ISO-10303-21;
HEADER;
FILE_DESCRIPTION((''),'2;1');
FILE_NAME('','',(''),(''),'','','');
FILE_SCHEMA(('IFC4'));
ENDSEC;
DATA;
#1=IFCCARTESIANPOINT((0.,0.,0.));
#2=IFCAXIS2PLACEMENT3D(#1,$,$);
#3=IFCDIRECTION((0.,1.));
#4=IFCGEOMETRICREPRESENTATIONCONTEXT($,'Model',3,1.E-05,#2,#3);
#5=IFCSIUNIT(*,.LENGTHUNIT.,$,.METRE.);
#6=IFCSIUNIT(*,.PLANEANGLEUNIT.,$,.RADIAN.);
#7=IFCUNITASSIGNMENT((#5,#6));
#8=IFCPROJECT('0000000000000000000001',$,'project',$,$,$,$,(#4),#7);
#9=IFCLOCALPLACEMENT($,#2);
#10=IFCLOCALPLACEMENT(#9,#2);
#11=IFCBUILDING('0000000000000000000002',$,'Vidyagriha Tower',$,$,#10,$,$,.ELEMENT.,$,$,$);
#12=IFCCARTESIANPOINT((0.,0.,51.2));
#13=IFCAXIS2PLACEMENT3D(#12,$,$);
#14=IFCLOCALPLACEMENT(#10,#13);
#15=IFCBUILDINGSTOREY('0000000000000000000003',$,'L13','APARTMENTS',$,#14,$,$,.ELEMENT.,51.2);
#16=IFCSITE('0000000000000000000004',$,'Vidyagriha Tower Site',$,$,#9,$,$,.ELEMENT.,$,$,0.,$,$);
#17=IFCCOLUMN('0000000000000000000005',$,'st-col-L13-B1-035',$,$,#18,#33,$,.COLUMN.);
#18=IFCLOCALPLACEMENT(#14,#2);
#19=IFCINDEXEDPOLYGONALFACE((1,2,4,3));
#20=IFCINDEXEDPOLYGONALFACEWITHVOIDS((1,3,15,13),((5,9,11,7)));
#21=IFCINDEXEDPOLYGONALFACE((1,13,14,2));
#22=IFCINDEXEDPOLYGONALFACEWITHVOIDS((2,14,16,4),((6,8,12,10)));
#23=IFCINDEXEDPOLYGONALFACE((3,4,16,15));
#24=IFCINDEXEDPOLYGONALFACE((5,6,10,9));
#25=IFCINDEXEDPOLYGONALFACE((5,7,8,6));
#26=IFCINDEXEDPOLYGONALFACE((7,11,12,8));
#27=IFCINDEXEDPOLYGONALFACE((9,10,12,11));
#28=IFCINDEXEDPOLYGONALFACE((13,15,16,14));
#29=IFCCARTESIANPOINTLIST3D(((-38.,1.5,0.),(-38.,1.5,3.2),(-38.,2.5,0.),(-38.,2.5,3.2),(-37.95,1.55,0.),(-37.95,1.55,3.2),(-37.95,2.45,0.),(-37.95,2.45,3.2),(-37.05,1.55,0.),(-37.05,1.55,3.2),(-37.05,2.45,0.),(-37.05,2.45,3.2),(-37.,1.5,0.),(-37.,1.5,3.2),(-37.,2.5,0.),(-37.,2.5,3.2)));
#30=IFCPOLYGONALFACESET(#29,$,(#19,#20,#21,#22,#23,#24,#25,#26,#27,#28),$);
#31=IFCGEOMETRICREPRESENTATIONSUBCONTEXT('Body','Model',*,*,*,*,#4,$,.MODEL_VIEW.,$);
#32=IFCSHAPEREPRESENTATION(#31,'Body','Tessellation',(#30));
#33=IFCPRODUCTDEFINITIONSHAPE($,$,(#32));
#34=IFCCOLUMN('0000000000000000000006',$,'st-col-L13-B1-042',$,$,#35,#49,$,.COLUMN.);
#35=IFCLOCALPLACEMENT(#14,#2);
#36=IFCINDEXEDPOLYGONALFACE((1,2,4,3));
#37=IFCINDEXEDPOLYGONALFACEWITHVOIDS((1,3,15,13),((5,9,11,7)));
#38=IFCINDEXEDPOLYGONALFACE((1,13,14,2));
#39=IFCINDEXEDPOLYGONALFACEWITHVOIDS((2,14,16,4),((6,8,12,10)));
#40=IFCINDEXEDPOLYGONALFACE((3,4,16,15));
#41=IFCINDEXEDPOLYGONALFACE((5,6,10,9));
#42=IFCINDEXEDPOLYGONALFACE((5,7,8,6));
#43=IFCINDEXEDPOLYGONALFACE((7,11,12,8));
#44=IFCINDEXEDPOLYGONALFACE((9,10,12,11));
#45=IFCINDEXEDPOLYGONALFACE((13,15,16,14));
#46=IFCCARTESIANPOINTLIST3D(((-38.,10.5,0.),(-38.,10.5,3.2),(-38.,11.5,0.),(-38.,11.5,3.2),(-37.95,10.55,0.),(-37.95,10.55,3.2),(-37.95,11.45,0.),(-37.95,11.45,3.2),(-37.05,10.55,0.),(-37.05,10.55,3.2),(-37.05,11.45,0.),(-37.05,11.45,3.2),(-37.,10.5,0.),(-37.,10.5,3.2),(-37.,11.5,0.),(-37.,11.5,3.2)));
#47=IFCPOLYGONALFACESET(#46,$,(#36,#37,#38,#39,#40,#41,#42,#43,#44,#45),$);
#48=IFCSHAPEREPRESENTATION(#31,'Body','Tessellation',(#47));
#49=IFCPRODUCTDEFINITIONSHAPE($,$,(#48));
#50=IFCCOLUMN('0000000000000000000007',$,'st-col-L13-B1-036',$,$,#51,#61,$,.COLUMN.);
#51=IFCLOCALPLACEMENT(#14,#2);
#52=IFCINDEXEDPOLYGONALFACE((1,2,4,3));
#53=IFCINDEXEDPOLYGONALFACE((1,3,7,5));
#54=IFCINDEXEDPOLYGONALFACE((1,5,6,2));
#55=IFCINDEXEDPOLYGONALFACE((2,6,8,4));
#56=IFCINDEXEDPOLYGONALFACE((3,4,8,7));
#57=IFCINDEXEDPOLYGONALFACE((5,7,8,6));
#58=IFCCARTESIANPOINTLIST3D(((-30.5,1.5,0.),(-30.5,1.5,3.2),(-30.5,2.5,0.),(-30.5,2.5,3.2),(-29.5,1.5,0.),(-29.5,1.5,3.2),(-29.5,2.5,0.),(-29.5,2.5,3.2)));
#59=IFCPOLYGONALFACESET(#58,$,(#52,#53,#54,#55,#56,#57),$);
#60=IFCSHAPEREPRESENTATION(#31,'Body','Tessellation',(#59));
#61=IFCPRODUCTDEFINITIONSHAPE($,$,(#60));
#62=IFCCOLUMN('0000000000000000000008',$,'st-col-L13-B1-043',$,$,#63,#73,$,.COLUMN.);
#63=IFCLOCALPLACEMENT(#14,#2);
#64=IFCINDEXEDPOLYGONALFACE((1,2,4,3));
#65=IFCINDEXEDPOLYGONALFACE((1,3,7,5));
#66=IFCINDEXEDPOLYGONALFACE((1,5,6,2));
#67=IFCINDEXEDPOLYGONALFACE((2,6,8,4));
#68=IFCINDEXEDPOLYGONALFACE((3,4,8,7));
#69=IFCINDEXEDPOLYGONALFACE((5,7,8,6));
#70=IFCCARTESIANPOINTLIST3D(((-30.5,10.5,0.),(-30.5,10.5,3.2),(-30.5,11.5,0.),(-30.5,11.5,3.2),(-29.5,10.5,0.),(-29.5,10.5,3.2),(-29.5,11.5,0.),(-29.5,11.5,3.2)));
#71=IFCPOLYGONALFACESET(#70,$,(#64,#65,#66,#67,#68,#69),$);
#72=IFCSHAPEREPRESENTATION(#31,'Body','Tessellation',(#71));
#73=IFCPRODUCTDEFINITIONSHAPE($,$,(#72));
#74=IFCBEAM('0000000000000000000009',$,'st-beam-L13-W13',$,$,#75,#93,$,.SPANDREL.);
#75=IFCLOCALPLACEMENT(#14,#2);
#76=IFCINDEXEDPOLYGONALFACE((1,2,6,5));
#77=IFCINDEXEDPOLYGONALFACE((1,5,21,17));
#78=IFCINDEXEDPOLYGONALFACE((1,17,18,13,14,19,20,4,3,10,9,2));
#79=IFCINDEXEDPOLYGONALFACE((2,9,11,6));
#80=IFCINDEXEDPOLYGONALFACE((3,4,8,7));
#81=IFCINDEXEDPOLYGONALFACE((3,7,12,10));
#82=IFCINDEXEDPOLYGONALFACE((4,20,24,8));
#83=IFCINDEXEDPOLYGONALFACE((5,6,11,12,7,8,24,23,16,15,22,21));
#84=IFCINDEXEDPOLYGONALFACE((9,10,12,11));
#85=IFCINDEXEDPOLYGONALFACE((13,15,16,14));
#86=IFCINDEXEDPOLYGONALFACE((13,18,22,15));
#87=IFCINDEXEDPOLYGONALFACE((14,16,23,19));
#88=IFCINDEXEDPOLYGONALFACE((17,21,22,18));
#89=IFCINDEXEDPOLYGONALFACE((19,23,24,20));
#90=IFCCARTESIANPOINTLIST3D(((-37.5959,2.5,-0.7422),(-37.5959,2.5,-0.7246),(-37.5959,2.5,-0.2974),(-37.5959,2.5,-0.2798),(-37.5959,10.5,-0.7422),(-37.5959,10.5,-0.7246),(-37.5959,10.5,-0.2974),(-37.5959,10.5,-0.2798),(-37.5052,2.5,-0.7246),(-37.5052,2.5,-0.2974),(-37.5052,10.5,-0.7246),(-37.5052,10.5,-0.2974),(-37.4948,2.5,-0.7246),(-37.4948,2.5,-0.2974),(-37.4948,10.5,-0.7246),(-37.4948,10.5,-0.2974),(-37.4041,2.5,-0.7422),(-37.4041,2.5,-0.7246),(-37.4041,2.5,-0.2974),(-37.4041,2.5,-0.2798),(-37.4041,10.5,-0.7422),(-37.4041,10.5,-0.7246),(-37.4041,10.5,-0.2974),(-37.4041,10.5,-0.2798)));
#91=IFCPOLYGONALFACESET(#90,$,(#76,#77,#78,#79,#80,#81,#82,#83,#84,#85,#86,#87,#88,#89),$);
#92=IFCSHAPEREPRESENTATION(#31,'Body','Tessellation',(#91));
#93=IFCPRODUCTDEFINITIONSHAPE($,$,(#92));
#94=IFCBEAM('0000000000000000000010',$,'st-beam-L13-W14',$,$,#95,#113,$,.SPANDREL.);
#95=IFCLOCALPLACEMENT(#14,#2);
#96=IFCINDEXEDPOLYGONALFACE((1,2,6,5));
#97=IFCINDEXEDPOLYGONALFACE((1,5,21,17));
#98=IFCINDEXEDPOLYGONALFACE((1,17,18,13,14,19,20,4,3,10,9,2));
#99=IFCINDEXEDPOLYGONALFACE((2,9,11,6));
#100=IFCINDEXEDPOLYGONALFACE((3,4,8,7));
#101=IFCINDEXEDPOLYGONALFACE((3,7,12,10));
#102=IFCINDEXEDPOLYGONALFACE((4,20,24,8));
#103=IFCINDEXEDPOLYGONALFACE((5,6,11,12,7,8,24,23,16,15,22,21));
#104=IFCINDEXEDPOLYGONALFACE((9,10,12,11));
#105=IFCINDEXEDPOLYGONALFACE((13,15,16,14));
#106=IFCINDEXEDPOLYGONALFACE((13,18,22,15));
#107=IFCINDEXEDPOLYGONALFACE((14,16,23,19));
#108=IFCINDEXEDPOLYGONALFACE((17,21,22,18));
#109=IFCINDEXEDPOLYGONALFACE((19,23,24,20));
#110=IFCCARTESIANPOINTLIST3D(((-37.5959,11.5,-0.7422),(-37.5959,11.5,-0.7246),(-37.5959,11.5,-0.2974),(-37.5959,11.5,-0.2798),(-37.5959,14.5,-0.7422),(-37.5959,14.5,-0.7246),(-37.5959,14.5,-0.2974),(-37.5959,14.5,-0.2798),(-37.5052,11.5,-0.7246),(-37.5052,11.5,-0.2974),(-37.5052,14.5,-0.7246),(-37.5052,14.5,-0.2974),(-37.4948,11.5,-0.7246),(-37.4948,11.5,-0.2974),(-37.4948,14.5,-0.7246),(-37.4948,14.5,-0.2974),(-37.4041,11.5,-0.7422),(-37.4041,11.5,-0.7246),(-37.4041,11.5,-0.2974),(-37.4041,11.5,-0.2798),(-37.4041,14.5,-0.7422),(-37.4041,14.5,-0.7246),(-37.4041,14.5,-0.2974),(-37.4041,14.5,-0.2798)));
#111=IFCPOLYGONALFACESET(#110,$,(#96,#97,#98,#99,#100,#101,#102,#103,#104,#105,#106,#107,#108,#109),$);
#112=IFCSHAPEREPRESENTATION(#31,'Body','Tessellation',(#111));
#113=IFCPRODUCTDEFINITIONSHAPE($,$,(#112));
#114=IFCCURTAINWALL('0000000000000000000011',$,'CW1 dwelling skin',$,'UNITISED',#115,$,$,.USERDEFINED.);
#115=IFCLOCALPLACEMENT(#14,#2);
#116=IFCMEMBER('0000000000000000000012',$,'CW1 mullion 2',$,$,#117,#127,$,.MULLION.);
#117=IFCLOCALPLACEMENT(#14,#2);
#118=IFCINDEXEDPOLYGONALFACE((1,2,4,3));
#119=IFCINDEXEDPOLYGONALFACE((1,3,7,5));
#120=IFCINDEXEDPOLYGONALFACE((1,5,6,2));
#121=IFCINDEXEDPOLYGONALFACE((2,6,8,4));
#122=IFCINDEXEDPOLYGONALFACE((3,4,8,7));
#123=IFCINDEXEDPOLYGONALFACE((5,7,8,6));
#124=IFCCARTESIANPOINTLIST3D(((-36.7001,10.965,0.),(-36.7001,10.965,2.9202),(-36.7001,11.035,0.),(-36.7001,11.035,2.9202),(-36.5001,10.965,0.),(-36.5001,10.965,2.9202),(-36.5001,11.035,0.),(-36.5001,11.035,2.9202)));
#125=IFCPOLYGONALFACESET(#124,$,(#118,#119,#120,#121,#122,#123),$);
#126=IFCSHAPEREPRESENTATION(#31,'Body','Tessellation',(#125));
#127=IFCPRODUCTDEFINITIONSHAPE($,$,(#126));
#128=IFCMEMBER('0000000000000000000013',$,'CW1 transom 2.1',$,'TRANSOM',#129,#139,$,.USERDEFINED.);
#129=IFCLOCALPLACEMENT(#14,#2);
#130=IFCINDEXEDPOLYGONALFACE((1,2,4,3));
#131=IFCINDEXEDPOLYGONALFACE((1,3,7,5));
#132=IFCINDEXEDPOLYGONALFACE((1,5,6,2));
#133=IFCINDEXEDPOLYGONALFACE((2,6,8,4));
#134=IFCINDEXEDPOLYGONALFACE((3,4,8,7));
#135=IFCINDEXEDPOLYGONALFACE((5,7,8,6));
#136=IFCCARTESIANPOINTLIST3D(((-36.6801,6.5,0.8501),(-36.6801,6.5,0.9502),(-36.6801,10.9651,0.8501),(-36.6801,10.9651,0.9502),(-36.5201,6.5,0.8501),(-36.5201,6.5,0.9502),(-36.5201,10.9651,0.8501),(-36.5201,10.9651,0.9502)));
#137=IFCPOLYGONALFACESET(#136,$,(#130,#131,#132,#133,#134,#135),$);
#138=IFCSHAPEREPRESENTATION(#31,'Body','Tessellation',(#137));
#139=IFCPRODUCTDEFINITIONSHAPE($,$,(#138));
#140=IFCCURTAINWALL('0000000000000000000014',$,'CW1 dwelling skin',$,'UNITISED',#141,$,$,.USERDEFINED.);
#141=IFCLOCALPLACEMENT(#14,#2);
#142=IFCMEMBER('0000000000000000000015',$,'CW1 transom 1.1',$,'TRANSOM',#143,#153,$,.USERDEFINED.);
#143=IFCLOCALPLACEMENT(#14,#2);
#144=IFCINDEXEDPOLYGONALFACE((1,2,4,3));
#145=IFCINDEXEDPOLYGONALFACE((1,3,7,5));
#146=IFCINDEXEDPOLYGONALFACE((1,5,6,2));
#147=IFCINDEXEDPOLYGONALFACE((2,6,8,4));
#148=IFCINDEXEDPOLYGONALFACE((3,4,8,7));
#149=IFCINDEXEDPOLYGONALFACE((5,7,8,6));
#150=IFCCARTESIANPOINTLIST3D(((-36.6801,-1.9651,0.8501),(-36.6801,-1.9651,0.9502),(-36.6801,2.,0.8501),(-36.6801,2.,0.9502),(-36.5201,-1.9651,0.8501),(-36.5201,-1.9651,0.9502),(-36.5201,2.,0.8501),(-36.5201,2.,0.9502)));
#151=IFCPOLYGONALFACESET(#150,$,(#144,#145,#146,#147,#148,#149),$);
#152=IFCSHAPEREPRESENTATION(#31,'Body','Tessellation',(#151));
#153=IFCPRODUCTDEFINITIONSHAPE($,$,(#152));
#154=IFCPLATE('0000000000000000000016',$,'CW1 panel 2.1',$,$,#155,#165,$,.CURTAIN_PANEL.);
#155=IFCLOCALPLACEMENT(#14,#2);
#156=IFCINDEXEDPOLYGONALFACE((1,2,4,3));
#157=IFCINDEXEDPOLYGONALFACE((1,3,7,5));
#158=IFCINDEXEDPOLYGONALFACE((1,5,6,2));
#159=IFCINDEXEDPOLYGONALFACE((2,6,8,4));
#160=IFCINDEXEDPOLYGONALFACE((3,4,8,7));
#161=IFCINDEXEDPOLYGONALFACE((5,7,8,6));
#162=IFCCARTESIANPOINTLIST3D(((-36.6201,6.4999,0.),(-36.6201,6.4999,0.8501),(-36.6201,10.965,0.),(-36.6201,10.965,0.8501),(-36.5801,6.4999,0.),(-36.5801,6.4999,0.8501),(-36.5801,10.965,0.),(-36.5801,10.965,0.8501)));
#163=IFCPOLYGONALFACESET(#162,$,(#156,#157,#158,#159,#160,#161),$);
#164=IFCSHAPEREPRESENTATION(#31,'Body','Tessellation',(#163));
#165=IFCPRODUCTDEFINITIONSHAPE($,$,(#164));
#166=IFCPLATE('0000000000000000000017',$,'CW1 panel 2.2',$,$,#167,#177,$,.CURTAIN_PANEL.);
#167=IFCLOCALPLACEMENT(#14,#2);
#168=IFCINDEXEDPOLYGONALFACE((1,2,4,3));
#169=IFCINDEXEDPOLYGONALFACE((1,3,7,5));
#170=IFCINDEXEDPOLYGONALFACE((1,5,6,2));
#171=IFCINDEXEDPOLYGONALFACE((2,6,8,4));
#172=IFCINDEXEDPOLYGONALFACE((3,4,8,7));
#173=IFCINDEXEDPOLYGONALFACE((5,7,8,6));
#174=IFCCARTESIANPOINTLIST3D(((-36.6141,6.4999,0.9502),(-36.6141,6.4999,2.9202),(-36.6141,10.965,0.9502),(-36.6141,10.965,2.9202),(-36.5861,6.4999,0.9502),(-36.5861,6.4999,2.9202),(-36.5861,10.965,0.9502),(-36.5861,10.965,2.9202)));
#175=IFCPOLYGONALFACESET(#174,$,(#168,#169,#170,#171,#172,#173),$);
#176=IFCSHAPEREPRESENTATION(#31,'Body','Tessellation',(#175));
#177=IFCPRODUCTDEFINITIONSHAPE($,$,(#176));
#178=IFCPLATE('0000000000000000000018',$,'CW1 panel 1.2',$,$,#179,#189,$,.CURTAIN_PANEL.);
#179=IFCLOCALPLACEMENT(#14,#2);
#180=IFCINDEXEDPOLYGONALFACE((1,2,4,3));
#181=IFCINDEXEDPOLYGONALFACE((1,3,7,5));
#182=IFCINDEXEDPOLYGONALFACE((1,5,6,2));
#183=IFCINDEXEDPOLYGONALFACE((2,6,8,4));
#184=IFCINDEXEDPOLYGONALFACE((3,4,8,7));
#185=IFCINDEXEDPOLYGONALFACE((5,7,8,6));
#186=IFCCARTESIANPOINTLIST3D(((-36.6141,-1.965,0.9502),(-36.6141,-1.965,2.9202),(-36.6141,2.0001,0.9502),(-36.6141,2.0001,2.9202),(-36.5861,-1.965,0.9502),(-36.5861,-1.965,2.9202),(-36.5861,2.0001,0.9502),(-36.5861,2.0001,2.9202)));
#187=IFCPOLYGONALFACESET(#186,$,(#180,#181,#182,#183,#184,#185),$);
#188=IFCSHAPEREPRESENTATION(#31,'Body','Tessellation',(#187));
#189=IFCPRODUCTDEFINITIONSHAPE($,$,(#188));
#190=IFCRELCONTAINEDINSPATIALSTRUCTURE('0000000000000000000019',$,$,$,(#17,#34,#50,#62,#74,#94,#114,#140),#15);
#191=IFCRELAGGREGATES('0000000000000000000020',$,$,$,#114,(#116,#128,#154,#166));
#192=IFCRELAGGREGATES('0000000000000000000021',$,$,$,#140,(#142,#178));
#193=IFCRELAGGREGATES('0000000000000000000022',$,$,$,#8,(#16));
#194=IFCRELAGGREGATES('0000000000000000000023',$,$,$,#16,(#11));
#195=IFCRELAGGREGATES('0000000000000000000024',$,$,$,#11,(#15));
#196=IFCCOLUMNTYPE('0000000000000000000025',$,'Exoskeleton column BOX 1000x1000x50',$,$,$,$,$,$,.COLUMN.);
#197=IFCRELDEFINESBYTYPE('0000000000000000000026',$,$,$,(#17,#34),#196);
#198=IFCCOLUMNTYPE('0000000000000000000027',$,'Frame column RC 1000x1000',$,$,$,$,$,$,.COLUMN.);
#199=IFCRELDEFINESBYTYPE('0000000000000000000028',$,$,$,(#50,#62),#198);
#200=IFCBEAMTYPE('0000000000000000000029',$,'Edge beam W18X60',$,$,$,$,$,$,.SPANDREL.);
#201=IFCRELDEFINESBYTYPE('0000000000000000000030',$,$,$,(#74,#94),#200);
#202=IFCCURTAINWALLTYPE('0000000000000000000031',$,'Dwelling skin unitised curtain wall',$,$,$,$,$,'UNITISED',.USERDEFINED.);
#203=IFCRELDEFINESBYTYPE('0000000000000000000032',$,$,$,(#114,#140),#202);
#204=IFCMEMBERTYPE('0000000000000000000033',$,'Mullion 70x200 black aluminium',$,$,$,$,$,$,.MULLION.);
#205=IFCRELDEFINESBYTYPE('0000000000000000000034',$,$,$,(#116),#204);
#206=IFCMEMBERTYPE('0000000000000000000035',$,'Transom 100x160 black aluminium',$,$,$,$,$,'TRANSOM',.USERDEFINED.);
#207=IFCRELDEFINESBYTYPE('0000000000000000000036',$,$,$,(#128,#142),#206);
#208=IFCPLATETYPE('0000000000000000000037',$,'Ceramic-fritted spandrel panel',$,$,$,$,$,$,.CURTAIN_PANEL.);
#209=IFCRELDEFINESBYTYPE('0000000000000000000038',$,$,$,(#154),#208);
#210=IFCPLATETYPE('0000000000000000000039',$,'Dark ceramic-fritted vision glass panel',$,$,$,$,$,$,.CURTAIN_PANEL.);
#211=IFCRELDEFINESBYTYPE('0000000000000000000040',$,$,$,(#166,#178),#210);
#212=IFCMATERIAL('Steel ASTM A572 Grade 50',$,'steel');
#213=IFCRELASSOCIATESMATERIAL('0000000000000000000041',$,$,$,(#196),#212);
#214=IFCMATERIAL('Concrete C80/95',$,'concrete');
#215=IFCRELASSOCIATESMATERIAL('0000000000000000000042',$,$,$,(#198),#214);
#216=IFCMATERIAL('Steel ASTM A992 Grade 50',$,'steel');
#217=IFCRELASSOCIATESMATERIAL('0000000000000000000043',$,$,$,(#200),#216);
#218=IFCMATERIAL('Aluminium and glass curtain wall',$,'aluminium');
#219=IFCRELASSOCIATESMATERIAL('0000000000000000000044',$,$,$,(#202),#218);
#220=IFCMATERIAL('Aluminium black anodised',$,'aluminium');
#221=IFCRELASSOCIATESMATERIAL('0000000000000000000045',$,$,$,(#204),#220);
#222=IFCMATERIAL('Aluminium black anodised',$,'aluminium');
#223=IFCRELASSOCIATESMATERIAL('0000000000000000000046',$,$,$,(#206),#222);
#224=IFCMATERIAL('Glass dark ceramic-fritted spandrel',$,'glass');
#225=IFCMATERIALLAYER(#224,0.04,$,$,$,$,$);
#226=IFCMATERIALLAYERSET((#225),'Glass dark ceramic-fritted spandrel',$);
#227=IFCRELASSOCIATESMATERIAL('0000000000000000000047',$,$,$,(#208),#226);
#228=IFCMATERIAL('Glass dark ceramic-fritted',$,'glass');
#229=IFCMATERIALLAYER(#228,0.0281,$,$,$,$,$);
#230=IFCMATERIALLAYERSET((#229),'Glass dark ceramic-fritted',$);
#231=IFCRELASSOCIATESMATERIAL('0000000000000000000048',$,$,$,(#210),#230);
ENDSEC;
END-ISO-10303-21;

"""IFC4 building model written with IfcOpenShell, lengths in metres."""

from ifc_helpers import new_model, si_unit, direction, frame, origin, origin_2d, place, context, subcontext, project, spatial, rectangle, hollow_rectangle, i_section, extrude, material, layer, layer_set, material_profile, profile_set, type_object, element, aggregate, save


model = new_model("IFC4")

# Units and contexts
model_context = context("Model", 3, precision=1e-05, world=origin(), true_north=direction((0.0, 1.0)))
body_context = subcontext(model_context, "Body", "Model", "MODEL_VIEW")
ifc_project = project(units=[si_unit("LENGTHUNIT", "METRE"), si_unit("PLANEANGLEUNIT", "RADIAN")], contexts=[model_context])

# Site, building, storey
site_placement = place(None, origin())
site = spatial("IfcSite", under=ifc_project, at=site_placement, Name="Vidyagriha Tower Site", CompositionType="ELEMENT", RefElevation=0.0)
building_placement = place(site_placement, origin())
building = spatial("IfcBuilding", under=site, at=building_placement, Name="Vidyagriha Tower", CompositionType="ELEMENT")
storey_placement = place(building_placement, frame((0.0, 0.0, 51.2)))
storey = spatial("IfcBuildingStorey", under=building, at=storey_placement, Name="L13", Description="APARTMENTS", CompositionType="ELEMENT", Elevation=51.2)

# Columns
ifc_material_1 = material(Name="Steel ASTM A572 Grade 50", Category="steel")
ifc_material_profile_1 = material_profile(ifc_material_1, hollow_rectangle(XDim=1.0, YDim=1.0, WallThickness=0.05, at=origin_2d()), Name="BOX 1000x1000x50")
ifc_profile_set_1 = profile_set([ifc_material_profile_1], Name="Steel ASTM A572 Grade 50")
column_type_1 = type_object("IfcColumnType", Name="Exoskeleton column BOX 1000x1000x50", PredefinedType="COLUMN", material=ifc_profile_set_1)
for number, where, name in (
    (1, (-37.5, 2.0, 0.0), "st-col-L13-B1-035"),
    (2, (-37.5, 11.0, 0.0), "st-col-L13-B1-042"),
):
    element("IfcColumn", number, at=place(storey_placement, frame(where)), inside=storey, type_object=column_type_1, Name=name, PredefinedType="COLUMN", context=body_context, shape_type="SweptSolid", body=[
        extrude(hollow_rectangle(XDim=1.0, YDim=1.0, WallThickness=0.05, at=origin_2d()), origin(), (0.0, 0.0, 1.0), 3.2),
    ])
ifc_material_2 = material(Name="Concrete C80/95", Category="concrete")
ifc_material_profile_2 = material_profile(ifc_material_2, rectangle(XDim=1.0, YDim=1.0, at=origin_2d()), Name="RC 1000x1000")
ifc_profile_set_2 = profile_set([ifc_material_profile_2], Name="Concrete C80/95")
column_type_2 = type_object("IfcColumnType", Name="Frame column RC 1000x1000", PredefinedType="COLUMN", material=ifc_profile_set_2)
for number, where, name in (
    (3, (-30.0, 2.0, 0.0), "st-col-L13-B1-036"),
    (4, (-30.0, 11.0, 0.0), "st-col-L13-B1-043"),
):
    element("IfcColumn", number, at=place(storey_placement, frame(where)), inside=storey, type_object=column_type_2, Name=name, PredefinedType="COLUMN", context=body_context, shape_type="SweptSolid", body=[
        extrude(rectangle(XDim=1.0, YDim=1.0, at=origin_2d()), origin(), (0.0, 0.0, 1.0), 3.2),
    ])

# Beams
ifc_material_3 = material(Name="Steel ASTM A992 Grade 50", Category="steel")
ifc_material_profile_3 = material_profile(ifc_material_3, i_section(OverallWidth=0.1919, OverallDepth=0.4624, WebThickness=0.0105, FlangeThickness=0.0176, at=origin_2d()), Name="W18X60")
ifc_profile_set_3 = profile_set([ifc_material_profile_3], Name="Steel ASTM A992 Grade 50")
beam_type = type_object("IfcBeamType", Name="Edge beam W18X60", PredefinedType="SPANDREL", material=ifc_profile_set_3)
beam_1_placement = place(storey_placement, frame((-37.5, 2.5, -0.511), z_axis=(0.0, 1.0, 0.0), x_axis=(-1.0, 0.0, 0.0)))
element("IfcBeam", 5, at=beam_1_placement, inside=storey, type_object=beam_type, Name="st-beam-L13-W13", PredefinedType="SPANDREL", context=body_context, shape_type="SweptSolid", body=[
    extrude(i_section(OverallWidth=0.1919, OverallDepth=0.4624, WebThickness=0.0105, FlangeThickness=0.0176, at=origin_2d()), origin(), (0.0, 0.0, 1.0), 8.0),
])
beam_2_placement = place(storey_placement, frame((-37.5, 11.5, -0.511), z_axis=(0.0, 1.0, 0.0), x_axis=(-1.0, 0.0, 0.0)))
element("IfcBeam", 6, at=beam_2_placement, inside=storey, type_object=beam_type, Name="st-beam-L13-W14", PredefinedType="SPANDREL", context=body_context, shape_type="SweptSolid", body=[
    extrude(i_section(OverallWidth=0.1919, OverallDepth=0.4624, WebThickness=0.0105, FlangeThickness=0.0176, at=origin_2d()), origin(), (0.0, 0.0, 1.0), 3.0),
])

# Curtain wall, members
ifc_material_4 = material(Name="Aluminium and glass curtain wall", Category="aluminium")
curtain_wall_type = type_object("IfcCurtainWallType", Name="Dwelling skin unitised curtain wall", ElementType="UNITISED", PredefinedType="USERDEFINED", material=ifc_material_4)
curtain_wall_1_placement = place(storey_placement, origin())
curtain_wall_1 = element("IfcCurtainWall", 7, at=curtain_wall_1_placement, inside=storey, type_object=curtain_wall_type, Name="CW1 dwelling skin", ObjectType="UNITISED", PredefinedType="USERDEFINED")
ifc_material_5 = material(Name="Aluminium black anodised", Category="aluminium")
ifc_material_profile_4 = material_profile(ifc_material_5, rectangle(XDim=0.2, YDim=0.0701, at=origin_2d()), Name="Mullion 70x200 black aluminium")
ifc_profile_set_4 = profile_set([ifc_material_profile_4], Name="Aluminium black anodised")
member_type_1 = type_object("IfcMemberType", Name="Mullion 70x200 black aluminium", PredefinedType="MULLION", material=ifc_profile_set_4)
member_1_placement = place(storey_placement, frame((-36.6001, 11.0, 0.0)))
member_1 = element("IfcMember", 8, at=member_1_placement, type_object=member_type_1, Name="CW1 mullion 2", PredefinedType="MULLION", context=body_context, shape_type="SweptSolid", body=[
    extrude(rectangle(XDim=0.2, YDim=0.0701, at=origin_2d()), origin(), (0.0, 0.0, 1.0), 2.9202),
])
ifc_material_6 = material(Name="Aluminium black anodised", Category="aluminium")
ifc_material_profile_5 = material_profile(ifc_material_6, rectangle(XDim=0.1599, YDim=0.1001, at=origin_2d()), Name="Transom 100x160 black aluminium")
ifc_profile_set_5 = profile_set([ifc_material_profile_5], Name="Aluminium black anodised")
member_type_2 = type_object("IfcMemberType", Name="Transom 100x160 black aluminium", ElementType="TRANSOM", PredefinedType="USERDEFINED", material=ifc_profile_set_5)
member_2_placement = place(storey_placement, frame((-36.6001, 10.9651, 0.9001), z_axis=(0.0, -1.0, 0.0), x_axis=(1.0, 0.0, 0.0)))
member_2 = element("IfcMember", 9, at=member_2_placement, type_object=member_type_2, Name="CW1 transom 2.1", ObjectType="TRANSOM", PredefinedType="USERDEFINED", context=body_context, shape_type="SweptSolid", body=[
    extrude(rectangle(XDim=0.1599, YDim=0.1001, at=origin_2d()), origin(), (0.0, 0.0, 1.0), 4.4651),
])

# Curtain wall, member
curtain_wall_2_placement = place(storey_placement, origin())
curtain_wall_2 = element("IfcCurtainWall", 10, at=curtain_wall_2_placement, inside=storey, type_object=curtain_wall_type, Name="CW1 dwelling skin", ObjectType="UNITISED", PredefinedType="USERDEFINED")
member_3_placement = place(storey_placement, frame((-36.6001, 2.0, 0.9001), z_axis=(0.0, -1.0, 0.0), x_axis=(1.0, 0.0, 0.0)))
member_3 = element("IfcMember", 11, at=member_3_placement, type_object=member_type_2, Name="CW1 transom 1.1", ObjectType="TRANSOM", PredefinedType="USERDEFINED", context=body_context, shape_type="SweptSolid", body=[
    extrude(rectangle(XDim=0.1599, YDim=0.1001, at=origin_2d()), origin(), (0.0, 0.0, 1.0), 3.9651),
])

# Plates
ifc_material_7 = material(Name="Glass dark ceramic-fritted spandrel", Category="glass")
ifc_layer_1 = layer(ifc_material_7, 0.04)
ifc_layer_set_1 = layer_set([ifc_layer_1], Name="Glass dark ceramic-fritted spandrel")
plate_type_1 = type_object("IfcPlateType", Name="Ceramic-fritted spandrel panel", PredefinedType="CURTAIN_PANEL", material=ifc_layer_set_1)
plate_1_placement = place(storey_placement, frame((-36.6001, 8.7324, 0.0), z_axis=(0.0, 0.0, 1.0), x_axis=(0.0, -1.0, 0.0)))
plate_1 = element("IfcPlate", 12, at=plate_1_placement, type_object=plate_type_1, Name="CW1 panel 2.1", PredefinedType="CURTAIN_PANEL", context=body_context, shape_type="SweptSolid", body=[
    extrude(rectangle(XDim=4.4651, YDim=0.04, at=origin_2d()), origin(), (0.0, 0.0, 1.0), 0.8501),
])
ifc_material_8 = material(Name="Glass dark ceramic-fritted", Category="glass")
ifc_layer_2 = layer(ifc_material_8, 0.0281)
ifc_layer_set_2 = layer_set([ifc_layer_2], Name="Glass dark ceramic-fritted")
plate_type_2 = type_object("IfcPlateType", Name="Dark ceramic-fritted vision glass panel", PredefinedType="CURTAIN_PANEL", material=ifc_layer_set_2)
plate_2_placement = place(storey_placement, frame((-36.6001, 8.7324, 0.9502), z_axis=(0.0, 0.0, 1.0), x_axis=(0.0, -1.0, 0.0)))
plate_2 = element("IfcPlate", 13, at=plate_2_placement, type_object=plate_type_2, Name="CW1 panel 2.2", PredefinedType="CURTAIN_PANEL", context=body_context, shape_type="SweptSolid", body=[
    extrude(rectangle(XDim=4.4651, YDim=0.0281, at=origin_2d()), origin(), (0.0, 0.0, 1.0), 1.97),
])
aggregate(curtain_wall_1, [member_1, member_2, plate_1, plate_2])
plate_3_placement = place(storey_placement, frame((-36.6001, 0.0176, 0.9502), z_axis=(0.0, 0.0, 1.0), x_axis=(0.0, -1.0, 0.0)))
plate_3 = element("IfcPlate", 14, at=plate_3_placement, type_object=plate_type_2, Name="CW1 panel 1.2", PredefinedType="CURTAIN_PANEL", context=body_context, shape_type="SweptSolid", body=[
    extrude(rectangle(XDim=3.9651, YDim=0.0281, at=origin_2d()), origin(), (0.0, 0.0, 1.0), 1.97),
])
aggregate(curtain_wall_2, [member_3, plate_3])

save(model, "model.ifc")
